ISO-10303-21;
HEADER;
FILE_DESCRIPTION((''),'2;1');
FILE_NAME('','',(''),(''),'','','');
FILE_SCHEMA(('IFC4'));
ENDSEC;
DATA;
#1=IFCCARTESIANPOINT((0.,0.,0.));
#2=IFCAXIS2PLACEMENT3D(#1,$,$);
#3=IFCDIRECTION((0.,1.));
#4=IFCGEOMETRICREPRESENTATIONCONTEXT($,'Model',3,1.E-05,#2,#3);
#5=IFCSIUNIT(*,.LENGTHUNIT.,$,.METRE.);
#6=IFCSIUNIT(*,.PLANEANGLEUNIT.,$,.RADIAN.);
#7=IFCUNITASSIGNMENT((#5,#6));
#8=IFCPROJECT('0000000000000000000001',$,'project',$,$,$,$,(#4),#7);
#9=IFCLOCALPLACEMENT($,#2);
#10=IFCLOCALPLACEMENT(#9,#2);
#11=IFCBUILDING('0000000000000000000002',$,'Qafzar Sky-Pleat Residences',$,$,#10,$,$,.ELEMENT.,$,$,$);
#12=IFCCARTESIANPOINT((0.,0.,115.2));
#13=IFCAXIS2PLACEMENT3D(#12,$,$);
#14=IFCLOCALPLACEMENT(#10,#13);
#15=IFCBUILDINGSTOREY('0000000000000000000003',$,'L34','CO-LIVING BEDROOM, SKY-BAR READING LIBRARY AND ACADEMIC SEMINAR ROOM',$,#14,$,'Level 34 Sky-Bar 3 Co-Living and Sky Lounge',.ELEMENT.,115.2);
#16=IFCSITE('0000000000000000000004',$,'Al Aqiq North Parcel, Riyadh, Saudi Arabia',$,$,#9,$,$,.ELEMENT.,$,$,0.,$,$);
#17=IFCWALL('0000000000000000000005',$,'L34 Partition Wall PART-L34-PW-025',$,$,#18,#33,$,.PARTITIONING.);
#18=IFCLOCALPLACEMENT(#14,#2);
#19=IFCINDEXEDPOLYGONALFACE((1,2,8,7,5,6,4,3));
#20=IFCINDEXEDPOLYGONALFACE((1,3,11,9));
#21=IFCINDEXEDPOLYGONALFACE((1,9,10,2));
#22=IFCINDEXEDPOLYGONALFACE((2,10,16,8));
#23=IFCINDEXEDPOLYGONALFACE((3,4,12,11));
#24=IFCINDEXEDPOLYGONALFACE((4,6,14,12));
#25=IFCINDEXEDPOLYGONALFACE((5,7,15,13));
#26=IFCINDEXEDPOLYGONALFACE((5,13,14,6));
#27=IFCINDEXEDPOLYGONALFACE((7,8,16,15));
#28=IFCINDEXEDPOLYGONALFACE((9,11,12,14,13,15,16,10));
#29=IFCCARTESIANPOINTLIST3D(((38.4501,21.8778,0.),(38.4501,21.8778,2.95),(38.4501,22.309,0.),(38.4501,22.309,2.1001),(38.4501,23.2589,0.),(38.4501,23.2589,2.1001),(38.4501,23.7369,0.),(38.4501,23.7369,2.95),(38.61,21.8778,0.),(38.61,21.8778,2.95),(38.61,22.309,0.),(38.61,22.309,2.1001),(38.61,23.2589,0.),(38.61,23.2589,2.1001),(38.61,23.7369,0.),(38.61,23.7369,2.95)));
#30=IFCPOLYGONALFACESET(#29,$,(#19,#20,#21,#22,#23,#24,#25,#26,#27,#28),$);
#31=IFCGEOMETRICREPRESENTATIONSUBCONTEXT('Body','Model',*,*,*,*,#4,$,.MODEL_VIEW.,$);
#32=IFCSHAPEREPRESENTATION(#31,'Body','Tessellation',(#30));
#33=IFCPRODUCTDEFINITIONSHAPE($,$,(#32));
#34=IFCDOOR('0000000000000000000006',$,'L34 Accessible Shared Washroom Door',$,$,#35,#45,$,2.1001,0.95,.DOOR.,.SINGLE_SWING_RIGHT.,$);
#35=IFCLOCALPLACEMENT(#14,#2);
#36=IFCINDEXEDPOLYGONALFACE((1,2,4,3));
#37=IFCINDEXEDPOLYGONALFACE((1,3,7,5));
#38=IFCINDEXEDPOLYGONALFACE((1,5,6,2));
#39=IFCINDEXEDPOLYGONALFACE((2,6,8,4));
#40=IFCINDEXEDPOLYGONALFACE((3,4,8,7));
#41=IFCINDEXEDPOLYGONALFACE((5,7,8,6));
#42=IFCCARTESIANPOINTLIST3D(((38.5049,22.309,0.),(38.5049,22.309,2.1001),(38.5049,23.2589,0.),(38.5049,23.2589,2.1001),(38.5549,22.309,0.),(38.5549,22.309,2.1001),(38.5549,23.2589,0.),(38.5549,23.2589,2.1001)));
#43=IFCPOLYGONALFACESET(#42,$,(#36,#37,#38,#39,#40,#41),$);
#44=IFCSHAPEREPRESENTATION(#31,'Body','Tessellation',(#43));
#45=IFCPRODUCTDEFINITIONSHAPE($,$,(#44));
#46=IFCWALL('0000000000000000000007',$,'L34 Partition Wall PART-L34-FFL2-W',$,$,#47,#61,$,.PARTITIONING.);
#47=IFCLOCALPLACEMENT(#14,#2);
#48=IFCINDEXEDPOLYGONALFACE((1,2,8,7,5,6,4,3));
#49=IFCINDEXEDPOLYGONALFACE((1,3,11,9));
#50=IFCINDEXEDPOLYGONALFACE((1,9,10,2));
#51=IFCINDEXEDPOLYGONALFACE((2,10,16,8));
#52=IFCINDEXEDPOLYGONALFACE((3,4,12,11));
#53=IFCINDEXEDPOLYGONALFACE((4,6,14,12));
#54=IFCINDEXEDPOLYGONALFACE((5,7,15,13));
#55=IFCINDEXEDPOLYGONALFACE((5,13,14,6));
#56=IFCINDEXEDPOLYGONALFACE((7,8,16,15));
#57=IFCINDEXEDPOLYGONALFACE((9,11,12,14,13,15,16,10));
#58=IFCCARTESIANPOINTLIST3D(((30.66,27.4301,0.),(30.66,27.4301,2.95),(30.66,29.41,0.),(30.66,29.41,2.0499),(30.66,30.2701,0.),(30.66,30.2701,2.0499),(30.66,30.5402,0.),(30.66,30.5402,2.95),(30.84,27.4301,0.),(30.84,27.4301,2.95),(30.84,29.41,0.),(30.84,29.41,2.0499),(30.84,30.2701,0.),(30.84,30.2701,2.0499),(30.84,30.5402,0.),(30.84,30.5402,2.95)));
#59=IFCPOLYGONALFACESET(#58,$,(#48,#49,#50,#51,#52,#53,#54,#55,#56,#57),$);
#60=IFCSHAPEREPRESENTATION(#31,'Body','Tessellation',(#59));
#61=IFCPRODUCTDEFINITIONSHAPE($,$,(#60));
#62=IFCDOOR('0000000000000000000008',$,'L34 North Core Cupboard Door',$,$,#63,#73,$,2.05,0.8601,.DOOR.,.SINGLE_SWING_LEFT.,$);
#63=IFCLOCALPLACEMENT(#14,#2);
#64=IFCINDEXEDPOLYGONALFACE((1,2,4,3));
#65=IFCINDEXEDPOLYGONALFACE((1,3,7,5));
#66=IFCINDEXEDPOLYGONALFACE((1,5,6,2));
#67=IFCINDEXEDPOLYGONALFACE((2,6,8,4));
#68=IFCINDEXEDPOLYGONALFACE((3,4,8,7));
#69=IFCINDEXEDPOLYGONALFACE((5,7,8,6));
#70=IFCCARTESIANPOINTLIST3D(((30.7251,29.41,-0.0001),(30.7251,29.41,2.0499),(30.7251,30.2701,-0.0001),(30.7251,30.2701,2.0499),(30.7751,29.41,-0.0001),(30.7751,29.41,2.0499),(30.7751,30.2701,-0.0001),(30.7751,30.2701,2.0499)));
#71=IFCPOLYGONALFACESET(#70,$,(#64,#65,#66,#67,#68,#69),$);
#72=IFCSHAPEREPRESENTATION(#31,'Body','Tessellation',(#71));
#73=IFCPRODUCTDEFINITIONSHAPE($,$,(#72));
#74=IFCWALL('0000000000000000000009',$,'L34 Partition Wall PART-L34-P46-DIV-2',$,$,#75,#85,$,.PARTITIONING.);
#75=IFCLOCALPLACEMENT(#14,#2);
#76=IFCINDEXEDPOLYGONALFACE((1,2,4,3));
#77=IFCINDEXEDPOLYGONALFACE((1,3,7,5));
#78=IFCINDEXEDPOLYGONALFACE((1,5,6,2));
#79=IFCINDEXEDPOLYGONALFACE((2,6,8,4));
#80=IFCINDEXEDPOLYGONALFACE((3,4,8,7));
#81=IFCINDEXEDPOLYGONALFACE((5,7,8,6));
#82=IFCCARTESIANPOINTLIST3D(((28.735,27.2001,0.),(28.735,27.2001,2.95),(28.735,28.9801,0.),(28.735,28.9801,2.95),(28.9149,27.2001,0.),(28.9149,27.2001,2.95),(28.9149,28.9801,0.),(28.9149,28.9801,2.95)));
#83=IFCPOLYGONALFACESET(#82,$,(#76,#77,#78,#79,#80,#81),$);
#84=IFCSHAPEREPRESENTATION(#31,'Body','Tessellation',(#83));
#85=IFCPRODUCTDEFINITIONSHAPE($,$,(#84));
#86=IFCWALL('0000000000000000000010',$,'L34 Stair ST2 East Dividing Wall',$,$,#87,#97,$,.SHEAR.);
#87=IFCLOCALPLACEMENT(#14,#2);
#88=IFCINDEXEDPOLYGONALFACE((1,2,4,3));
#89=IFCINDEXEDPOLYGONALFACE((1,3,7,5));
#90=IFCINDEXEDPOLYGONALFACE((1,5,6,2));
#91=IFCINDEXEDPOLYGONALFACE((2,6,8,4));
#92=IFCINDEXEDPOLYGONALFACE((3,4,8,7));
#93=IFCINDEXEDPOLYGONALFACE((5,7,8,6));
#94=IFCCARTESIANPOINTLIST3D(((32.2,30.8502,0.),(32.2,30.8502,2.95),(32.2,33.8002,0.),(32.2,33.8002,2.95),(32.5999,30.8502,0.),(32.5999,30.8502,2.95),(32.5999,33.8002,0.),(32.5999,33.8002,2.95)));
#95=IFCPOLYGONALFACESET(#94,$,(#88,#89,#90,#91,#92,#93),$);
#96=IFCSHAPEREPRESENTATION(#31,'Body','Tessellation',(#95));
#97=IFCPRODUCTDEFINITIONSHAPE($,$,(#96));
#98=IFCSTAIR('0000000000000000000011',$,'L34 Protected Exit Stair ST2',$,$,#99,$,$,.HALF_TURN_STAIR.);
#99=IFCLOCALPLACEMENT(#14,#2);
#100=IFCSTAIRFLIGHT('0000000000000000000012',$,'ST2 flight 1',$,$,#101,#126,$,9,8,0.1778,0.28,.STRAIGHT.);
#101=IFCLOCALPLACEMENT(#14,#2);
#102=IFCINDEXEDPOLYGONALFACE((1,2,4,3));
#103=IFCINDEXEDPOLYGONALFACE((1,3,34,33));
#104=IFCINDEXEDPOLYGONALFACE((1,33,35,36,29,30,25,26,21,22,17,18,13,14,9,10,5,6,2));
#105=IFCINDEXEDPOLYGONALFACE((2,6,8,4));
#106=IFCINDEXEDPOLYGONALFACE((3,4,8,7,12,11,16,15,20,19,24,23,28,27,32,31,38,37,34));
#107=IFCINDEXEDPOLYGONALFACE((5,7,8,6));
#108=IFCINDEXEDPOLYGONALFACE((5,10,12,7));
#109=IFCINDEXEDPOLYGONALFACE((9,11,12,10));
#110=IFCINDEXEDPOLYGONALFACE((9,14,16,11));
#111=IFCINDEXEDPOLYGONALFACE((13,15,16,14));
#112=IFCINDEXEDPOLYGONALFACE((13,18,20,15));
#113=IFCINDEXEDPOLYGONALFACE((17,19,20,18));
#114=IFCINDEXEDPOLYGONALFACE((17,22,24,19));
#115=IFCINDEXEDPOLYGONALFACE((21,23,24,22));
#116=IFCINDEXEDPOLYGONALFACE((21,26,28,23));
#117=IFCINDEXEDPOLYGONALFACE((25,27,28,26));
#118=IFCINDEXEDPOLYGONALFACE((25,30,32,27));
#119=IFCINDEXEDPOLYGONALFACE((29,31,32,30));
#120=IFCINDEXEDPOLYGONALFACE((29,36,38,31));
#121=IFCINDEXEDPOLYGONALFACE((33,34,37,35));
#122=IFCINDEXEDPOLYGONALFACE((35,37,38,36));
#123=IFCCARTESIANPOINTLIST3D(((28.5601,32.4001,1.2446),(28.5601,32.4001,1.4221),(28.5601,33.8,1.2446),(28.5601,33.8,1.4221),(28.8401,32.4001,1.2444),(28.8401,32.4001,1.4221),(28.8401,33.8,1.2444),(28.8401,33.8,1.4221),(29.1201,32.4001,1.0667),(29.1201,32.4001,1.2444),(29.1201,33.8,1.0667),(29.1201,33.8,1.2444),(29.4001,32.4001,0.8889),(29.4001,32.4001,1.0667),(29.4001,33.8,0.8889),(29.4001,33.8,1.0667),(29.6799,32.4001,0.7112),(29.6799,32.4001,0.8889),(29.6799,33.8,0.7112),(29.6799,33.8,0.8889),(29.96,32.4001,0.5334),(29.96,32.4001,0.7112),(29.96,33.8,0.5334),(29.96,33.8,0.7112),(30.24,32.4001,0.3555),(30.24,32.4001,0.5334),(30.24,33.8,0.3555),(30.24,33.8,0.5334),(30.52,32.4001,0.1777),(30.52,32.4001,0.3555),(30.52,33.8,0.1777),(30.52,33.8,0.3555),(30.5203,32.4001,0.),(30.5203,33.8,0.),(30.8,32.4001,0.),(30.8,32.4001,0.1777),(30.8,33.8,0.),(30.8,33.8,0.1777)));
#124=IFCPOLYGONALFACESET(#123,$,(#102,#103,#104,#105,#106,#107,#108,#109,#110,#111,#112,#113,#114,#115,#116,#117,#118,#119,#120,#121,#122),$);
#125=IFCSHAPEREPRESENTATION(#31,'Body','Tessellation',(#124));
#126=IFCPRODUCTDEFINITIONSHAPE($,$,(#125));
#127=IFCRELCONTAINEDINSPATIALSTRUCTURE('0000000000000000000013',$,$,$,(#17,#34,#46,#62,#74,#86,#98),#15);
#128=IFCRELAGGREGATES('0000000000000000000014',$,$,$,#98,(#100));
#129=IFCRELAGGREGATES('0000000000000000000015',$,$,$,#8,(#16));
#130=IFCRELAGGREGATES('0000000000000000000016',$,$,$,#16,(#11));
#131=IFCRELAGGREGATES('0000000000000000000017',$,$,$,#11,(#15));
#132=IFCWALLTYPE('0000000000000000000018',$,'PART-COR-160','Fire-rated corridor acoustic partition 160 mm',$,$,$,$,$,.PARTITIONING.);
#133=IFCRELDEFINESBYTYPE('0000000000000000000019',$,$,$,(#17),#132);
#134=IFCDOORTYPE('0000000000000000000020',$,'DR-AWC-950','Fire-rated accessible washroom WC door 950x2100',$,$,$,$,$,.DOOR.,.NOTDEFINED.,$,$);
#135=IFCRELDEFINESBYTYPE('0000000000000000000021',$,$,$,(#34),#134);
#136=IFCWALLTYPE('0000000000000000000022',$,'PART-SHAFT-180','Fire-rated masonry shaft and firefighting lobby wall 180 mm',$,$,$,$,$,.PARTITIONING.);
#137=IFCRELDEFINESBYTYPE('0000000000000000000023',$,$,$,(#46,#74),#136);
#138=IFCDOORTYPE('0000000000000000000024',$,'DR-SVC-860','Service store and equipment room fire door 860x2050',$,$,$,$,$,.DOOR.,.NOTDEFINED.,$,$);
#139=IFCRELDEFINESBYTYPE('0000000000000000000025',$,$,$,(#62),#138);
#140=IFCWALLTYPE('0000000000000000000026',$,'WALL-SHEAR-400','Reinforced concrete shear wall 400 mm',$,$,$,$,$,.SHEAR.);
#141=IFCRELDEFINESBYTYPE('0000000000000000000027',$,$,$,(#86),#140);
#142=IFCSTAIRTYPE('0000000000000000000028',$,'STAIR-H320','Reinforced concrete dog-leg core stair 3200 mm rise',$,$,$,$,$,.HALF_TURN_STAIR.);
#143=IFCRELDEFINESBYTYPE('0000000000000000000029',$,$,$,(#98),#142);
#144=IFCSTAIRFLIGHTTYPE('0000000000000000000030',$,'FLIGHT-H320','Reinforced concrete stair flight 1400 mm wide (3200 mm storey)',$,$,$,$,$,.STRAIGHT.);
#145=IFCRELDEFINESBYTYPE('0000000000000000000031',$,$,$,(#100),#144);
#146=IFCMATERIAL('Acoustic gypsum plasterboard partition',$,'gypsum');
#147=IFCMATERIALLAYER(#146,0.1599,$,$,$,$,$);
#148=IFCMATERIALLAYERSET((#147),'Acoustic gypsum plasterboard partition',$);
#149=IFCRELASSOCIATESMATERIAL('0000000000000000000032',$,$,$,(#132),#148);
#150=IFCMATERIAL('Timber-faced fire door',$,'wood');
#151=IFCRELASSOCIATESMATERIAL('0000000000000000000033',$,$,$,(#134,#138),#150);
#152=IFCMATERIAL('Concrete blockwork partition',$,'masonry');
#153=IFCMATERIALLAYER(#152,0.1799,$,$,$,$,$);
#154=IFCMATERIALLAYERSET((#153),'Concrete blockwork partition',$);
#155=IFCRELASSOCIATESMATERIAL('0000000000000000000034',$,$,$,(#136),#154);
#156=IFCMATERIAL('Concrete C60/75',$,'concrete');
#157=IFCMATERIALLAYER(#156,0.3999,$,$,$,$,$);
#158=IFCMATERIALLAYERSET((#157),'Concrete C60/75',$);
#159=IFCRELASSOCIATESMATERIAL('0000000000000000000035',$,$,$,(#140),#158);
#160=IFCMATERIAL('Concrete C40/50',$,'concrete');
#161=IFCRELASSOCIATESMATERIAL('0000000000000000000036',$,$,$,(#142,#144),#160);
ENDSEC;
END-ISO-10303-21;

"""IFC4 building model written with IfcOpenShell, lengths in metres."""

from ifc_helpers import new_model, si_unit, direction, frame, frame_2d, origin, place, context, subcontext, project, spatial, polyline, rectangle, outline, extrude, source, transform, mapped, material, layer, layer_set, type_object, element, fill, aggregate, save


model = new_model("IFC4")

# Units and contexts
model_context = context("Model", 3, precision=1e-05, world=origin(), true_north=direction((0.0, 1.0)))
body_context = subcontext(model_context, "Body", "Model", "MODEL_VIEW")
ifc_project = project(units=[si_unit("LENGTHUNIT", "METRE"), si_unit("PLANEANGLEUNIT", "RADIAN")], contexts=[model_context])

# Site, building, storey
site_placement = place(None, origin())
site = spatial("IfcSite", under=ifc_project, at=site_placement, Name="Al Aqiq North Parcel, Riyadh, Saudi Arabia", CompositionType="ELEMENT", RefElevation=0.0)
building_placement = place(site_placement, origin())
building = spatial("IfcBuilding", under=site, at=building_placement, Name="Qafzar Sky-Pleat Residences", CompositionType="ELEMENT")
storey_placement = place(building_placement, frame((0.0, 0.0, 115.2)))
storey = spatial("IfcBuildingStorey", under=building, at=storey_placement, Name="L34", Description="CO-LIVING BEDROOM, SKY-BAR READING LIBRARY AND ACADEMIC SEMINAR ROOM", LongName="Level 34 Sky-Bar 3 Co-Living and Sky Lounge", CompositionType="ELEMENT", Elevation=115.2)

# Walls, openings, doors
ifc_material_1 = material(Name="Acoustic gypsum plasterboard partition", Category="gypsum")
ifc_layer_1 = layer(ifc_material_1, 0.1599)
ifc_layer_set_1 = layer_set([ifc_layer_1], Name="Acoustic gypsum plasterboard partition")
wall_type_1 = type_object("IfcWallType", Name="PART-COR-160", Description="Fire-rated corridor acoustic partition 160 mm", PredefinedType="PARTITIONING", material=ifc_layer_set_1)
wall_1_placement = place(storey_placement, frame((38.53, 23.7371, 0.0), z_axis=(0.0, 0.0, 1.0), x_axis=(0.0, -1.0, 0.0)))
wall_1 = element("IfcWall", 1, at=wall_1_placement, inside=storey, type_object=wall_type_1, Name="L34 Partition Wall PART-L34-PW-025", PredefinedType="PARTITIONING", context=body_context, shape_type="SweptSolid", body=[
    extrude(rectangle(XDim=1.8591, YDim=0.1599, at=frame_2d((0.9297, 0.0))), origin(), (0.0, 0.0, 1.0), 2.95),
])
opening_1_placement = place(wall_1_placement, frame((0.478, 0.0, 0.0)))
opening_1 = element("IfcOpeningElement", 2, at=opening_1_placement, cuts=wall_1, PredefinedType="OPENING", context=body_context, shape_type="SweptSolid", body=[
    extrude(rectangle(XDim=0.95, YDim=2.1001, at=frame_2d((0.4751, 1.05))), frame((0.0, 0.0898, 0.0), z_axis=(0.0, -1.0, 0.0), x_axis=(1.0, 0.0, 0.0)), (0.0, 0.0, 1.0), 0.1799),
])
ifc_material_2 = material(Name="Timber-faced fire door", Category="wood")
door_type_1 = type_object("IfcDoorType", Name="DR-AWC-950", Description="Fire-rated accessible washroom WC door 950x2100", OperationType="NOTDEFINED", PredefinedType="DOOR", material=ifc_material_2)
shared_shape_1 = source(origin(), body_context, "Body", "SweptSolid", [
    extrude(rectangle(XDim=0.95, YDim=2.1001, at=frame_2d((0.4751, 1.05))), frame((0.0, 0.0249, 0.0), z_axis=(0.0, -1.0, 0.0), x_axis=(1.0, 0.0, 0.0)), (0.0, 0.0, 1.0), 0.05),
])
door_1_placement = place(opening_1_placement, origin())
door_1 = element("IfcDoor", 3, at=door_1_placement, inside=storey, type_object=door_type_1, Name="L34 Accessible Shared Washroom Door", OperationType="SINGLE_SWING_RIGHT", OverallHeight=2.1001, OverallWidth=0.95, PredefinedType="DOOR", context=body_context, shape_type="MappedRepresentation", body=[
    mapped(shared_shape_1, transform((0.0, 0.0, 0.0), x_axis=(1.0, 0.0, 0.0), y_axis=(0.0, 1.0, 0.0), z_axis=(0.0, 0.0, 1.0), scale=1.0)),
])
fill(opening_1, door_1)
ifc_material_3 = material(Name="Concrete blockwork partition", Category="masonry")
ifc_layer_2 = layer(ifc_material_3, 0.1799)
ifc_layer_set_2 = layer_set([ifc_layer_2], Name="Concrete blockwork partition")
wall_type_2 = type_object("IfcWallType", Name="PART-SHAFT-180", Description="Fire-rated masonry shaft and firefighting lobby wall 180 mm", PredefinedType="PARTITIONING", material=ifc_layer_set_2)
wall_2_placement = place(storey_placement, frame((30.75, 27.4299, 0.0), z_axis=(0.0, 0.0, 1.0), x_axis=(0.0, 1.0, 0.0)))
wall_2 = element("IfcWall", 4, at=wall_2_placement, inside=storey, type_object=wall_type_2, Name="L34 Partition Wall PART-L34-FFL2-W", PredefinedType="PARTITIONING", context=body_context, shape_type="SweptSolid", body=[
    extrude(rectangle(XDim=3.1101, YDim=0.1799, at=frame_2d((1.5552, 0.0))), origin(), (0.0, 0.0, 1.0), 2.95),
])
opening_2_placement = place(wall_2_placement, frame((1.98, 0.0, 0.0)))
opening_2 = element("IfcOpeningElement", 5, at=opening_2_placement, cuts=wall_2, PredefinedType="OPENING", context=body_context, shape_type="SweptSolid", body=[
    extrude(rectangle(XDim=0.8601, YDim=2.05, at=frame_2d((0.4302, 1.0249))), frame((0.0, 0.1001, 0.0), z_axis=(0.0, -1.0, 0.0), x_axis=(1.0, 0.0, 0.0)), (0.0, 0.0, 1.0), 0.2),
])
door_type_2 = type_object("IfcDoorType", Name="DR-SVC-860", Description="Service store and equipment room fire door 860x2050", OperationType="NOTDEFINED", PredefinedType="DOOR", material=ifc_material_2)
shared_shape_2 = source(origin(), body_context, "Body", "SweptSolid", [
    extrude(rectangle(XDim=0.8601, YDim=2.05, at=frame_2d((0.4302, 1.0249))), frame((0.0, 0.0249, 0.0), z_axis=(0.0, -1.0, 0.0), x_axis=(1.0, 0.0, 0.0)), (0.0, 0.0, 1.0), 0.05),
])
door_2_placement = place(opening_2_placement, origin())
door_2 = element("IfcDoor", 6, at=door_2_placement, inside=storey, type_object=door_type_2, Name="L34 North Core Cupboard Door", OperationType="SINGLE_SWING_LEFT", OverallHeight=2.05, OverallWidth=0.8601, PredefinedType="DOOR", context=body_context, shape_type="MappedRepresentation", body=[
    mapped(shared_shape_2, transform((0.0, 0.0, 0.0), x_axis=(1.0, 0.0, 0.0), y_axis=(0.0, 1.0, 0.0), z_axis=(0.0, 0.0, 1.0), scale=1.0)),
])
fill(opening_2, door_2)

# Walls
wall_3_placement = place(storey_placement, frame((28.825, 27.2, 0.0), z_axis=(0.0, 0.0, 1.0), x_axis=(0.0, 1.0, 0.0)))
element("IfcWall", 7, at=wall_3_placement, inside=storey, type_object=wall_type_2, Name="L34 Partition Wall PART-L34-P46-DIV-2", PredefinedType="PARTITIONING", context=body_context, shape_type="SweptSolid", body=[
    extrude(rectangle(XDim=1.78, YDim=0.1799, at=frame_2d((0.8901, 0.0))), origin(), (0.0, 0.0, 1.0), 2.95),
])
ifc_material_4 = material(Name="Concrete C60/75", Category="concrete")
ifc_layer_3 = layer(ifc_material_4, 0.3999)
ifc_layer_set_3 = layer_set([ifc_layer_3], Name="Concrete C60/75")
wall_type_3 = type_object("IfcWallType", Name="WALL-SHEAR-400", Description="Reinforced concrete shear wall 400 mm", PredefinedType="SHEAR", material=ifc_layer_set_3)
wall_4_placement = place(storey_placement, frame((32.3999, 30.8501, 0.0), z_axis=(0.0, 0.0, 1.0), x_axis=(0.0, 1.0, 0.0)))
element("IfcWall", 8, at=wall_4_placement, inside=storey, type_object=wall_type_3, Name="L34 Stair ST2 East Dividing Wall", PredefinedType="SHEAR", context=body_context, shape_type="SweptSolid", body=[
    extrude(rectangle(XDim=2.95, YDim=0.3999, at=frame_2d((1.4751, 0.0))), origin(), (0.0, 0.0, 1.0), 2.95),
])

# Stair, stair flight
ifc_material_5 = material(Name="Concrete C40/50", Category="concrete")
stair_type = type_object("IfcStairType", Name="STAIR-H320", Description="Reinforced concrete dog-leg core stair 3200 mm rise", PredefinedType="HALF_TURN_STAIR", material=ifc_material_5)
stair_placement = place(storey_placement, origin())
stair = element("IfcStair", 9, at=stair_placement, inside=storey, type_object=stair_type, Name="L34 Protected Exit Stair ST2", PredefinedType="HALF_TURN_STAIR")
stair_flight_type = type_object("IfcStairFlightType", Name="FLIGHT-H320", Description="Reinforced concrete stair flight 1400 mm wide (3200 mm storey)", PredefinedType="STRAIGHT", material=ifc_material_5)
shared_shape_3 = source(origin(), body_context, "Body", "SweptSolid", [
    extrude(outline(polyline([(0.0, 0.0), (0.0, 0.1777), (0.28, 0.1777), (0.28, 0.3555), (0.5601, 0.3555), (0.5601, 0.5334), (0.8401, 0.5334), (0.8401, 0.7112), (1.1201, 0.7112), (1.1201, 0.8889), (1.3999, 0.8889), (1.3999, 1.0667), (1.6799, 1.0667), (1.6799, 1.2444), (1.96, 1.2444), (1.96, 1.4221), (2.24, 1.4221), (2.24, 1.6001), (2.24, 1.2446), (0.2798, 0.0), (0.0, 0.0)])), frame((0.0, 0.7, 0.0), z_axis=(0.0, -1.0, 0.0), x_axis=(1.0, 0.0, 0.0)), (0.0, 0.0, 1.0), 1.3999),
])
stair_flight_placement = place(storey_placement, frame((30.8, 33.1001, 0.0), z_axis=(0.0, 0.0, 1.0), x_axis=(-1.0, 0.0, 0.0)))
stair_flight = element("IfcStairFlight", 10, at=stair_flight_placement, type_object=stair_flight_type, Name="ST2 flight 1", NumberOfRisers=9, NumberOfTreads=8, PredefinedType="STRAIGHT", RiserHeight=0.1778, TreadLength=0.28, context=body_context, shape_type="MappedRepresentation", body=[
    mapped(shared_shape_3, transform((0.0, 0.0, 0.0), x_axis=(1.0, 0.0, 0.0), y_axis=(0.0, 1.0, 0.0), z_axis=(0.0, 0.0, 1.0), scale=1.0)),
])
aggregate(stair, [stair_flight])

save(model, "model.ifc")
